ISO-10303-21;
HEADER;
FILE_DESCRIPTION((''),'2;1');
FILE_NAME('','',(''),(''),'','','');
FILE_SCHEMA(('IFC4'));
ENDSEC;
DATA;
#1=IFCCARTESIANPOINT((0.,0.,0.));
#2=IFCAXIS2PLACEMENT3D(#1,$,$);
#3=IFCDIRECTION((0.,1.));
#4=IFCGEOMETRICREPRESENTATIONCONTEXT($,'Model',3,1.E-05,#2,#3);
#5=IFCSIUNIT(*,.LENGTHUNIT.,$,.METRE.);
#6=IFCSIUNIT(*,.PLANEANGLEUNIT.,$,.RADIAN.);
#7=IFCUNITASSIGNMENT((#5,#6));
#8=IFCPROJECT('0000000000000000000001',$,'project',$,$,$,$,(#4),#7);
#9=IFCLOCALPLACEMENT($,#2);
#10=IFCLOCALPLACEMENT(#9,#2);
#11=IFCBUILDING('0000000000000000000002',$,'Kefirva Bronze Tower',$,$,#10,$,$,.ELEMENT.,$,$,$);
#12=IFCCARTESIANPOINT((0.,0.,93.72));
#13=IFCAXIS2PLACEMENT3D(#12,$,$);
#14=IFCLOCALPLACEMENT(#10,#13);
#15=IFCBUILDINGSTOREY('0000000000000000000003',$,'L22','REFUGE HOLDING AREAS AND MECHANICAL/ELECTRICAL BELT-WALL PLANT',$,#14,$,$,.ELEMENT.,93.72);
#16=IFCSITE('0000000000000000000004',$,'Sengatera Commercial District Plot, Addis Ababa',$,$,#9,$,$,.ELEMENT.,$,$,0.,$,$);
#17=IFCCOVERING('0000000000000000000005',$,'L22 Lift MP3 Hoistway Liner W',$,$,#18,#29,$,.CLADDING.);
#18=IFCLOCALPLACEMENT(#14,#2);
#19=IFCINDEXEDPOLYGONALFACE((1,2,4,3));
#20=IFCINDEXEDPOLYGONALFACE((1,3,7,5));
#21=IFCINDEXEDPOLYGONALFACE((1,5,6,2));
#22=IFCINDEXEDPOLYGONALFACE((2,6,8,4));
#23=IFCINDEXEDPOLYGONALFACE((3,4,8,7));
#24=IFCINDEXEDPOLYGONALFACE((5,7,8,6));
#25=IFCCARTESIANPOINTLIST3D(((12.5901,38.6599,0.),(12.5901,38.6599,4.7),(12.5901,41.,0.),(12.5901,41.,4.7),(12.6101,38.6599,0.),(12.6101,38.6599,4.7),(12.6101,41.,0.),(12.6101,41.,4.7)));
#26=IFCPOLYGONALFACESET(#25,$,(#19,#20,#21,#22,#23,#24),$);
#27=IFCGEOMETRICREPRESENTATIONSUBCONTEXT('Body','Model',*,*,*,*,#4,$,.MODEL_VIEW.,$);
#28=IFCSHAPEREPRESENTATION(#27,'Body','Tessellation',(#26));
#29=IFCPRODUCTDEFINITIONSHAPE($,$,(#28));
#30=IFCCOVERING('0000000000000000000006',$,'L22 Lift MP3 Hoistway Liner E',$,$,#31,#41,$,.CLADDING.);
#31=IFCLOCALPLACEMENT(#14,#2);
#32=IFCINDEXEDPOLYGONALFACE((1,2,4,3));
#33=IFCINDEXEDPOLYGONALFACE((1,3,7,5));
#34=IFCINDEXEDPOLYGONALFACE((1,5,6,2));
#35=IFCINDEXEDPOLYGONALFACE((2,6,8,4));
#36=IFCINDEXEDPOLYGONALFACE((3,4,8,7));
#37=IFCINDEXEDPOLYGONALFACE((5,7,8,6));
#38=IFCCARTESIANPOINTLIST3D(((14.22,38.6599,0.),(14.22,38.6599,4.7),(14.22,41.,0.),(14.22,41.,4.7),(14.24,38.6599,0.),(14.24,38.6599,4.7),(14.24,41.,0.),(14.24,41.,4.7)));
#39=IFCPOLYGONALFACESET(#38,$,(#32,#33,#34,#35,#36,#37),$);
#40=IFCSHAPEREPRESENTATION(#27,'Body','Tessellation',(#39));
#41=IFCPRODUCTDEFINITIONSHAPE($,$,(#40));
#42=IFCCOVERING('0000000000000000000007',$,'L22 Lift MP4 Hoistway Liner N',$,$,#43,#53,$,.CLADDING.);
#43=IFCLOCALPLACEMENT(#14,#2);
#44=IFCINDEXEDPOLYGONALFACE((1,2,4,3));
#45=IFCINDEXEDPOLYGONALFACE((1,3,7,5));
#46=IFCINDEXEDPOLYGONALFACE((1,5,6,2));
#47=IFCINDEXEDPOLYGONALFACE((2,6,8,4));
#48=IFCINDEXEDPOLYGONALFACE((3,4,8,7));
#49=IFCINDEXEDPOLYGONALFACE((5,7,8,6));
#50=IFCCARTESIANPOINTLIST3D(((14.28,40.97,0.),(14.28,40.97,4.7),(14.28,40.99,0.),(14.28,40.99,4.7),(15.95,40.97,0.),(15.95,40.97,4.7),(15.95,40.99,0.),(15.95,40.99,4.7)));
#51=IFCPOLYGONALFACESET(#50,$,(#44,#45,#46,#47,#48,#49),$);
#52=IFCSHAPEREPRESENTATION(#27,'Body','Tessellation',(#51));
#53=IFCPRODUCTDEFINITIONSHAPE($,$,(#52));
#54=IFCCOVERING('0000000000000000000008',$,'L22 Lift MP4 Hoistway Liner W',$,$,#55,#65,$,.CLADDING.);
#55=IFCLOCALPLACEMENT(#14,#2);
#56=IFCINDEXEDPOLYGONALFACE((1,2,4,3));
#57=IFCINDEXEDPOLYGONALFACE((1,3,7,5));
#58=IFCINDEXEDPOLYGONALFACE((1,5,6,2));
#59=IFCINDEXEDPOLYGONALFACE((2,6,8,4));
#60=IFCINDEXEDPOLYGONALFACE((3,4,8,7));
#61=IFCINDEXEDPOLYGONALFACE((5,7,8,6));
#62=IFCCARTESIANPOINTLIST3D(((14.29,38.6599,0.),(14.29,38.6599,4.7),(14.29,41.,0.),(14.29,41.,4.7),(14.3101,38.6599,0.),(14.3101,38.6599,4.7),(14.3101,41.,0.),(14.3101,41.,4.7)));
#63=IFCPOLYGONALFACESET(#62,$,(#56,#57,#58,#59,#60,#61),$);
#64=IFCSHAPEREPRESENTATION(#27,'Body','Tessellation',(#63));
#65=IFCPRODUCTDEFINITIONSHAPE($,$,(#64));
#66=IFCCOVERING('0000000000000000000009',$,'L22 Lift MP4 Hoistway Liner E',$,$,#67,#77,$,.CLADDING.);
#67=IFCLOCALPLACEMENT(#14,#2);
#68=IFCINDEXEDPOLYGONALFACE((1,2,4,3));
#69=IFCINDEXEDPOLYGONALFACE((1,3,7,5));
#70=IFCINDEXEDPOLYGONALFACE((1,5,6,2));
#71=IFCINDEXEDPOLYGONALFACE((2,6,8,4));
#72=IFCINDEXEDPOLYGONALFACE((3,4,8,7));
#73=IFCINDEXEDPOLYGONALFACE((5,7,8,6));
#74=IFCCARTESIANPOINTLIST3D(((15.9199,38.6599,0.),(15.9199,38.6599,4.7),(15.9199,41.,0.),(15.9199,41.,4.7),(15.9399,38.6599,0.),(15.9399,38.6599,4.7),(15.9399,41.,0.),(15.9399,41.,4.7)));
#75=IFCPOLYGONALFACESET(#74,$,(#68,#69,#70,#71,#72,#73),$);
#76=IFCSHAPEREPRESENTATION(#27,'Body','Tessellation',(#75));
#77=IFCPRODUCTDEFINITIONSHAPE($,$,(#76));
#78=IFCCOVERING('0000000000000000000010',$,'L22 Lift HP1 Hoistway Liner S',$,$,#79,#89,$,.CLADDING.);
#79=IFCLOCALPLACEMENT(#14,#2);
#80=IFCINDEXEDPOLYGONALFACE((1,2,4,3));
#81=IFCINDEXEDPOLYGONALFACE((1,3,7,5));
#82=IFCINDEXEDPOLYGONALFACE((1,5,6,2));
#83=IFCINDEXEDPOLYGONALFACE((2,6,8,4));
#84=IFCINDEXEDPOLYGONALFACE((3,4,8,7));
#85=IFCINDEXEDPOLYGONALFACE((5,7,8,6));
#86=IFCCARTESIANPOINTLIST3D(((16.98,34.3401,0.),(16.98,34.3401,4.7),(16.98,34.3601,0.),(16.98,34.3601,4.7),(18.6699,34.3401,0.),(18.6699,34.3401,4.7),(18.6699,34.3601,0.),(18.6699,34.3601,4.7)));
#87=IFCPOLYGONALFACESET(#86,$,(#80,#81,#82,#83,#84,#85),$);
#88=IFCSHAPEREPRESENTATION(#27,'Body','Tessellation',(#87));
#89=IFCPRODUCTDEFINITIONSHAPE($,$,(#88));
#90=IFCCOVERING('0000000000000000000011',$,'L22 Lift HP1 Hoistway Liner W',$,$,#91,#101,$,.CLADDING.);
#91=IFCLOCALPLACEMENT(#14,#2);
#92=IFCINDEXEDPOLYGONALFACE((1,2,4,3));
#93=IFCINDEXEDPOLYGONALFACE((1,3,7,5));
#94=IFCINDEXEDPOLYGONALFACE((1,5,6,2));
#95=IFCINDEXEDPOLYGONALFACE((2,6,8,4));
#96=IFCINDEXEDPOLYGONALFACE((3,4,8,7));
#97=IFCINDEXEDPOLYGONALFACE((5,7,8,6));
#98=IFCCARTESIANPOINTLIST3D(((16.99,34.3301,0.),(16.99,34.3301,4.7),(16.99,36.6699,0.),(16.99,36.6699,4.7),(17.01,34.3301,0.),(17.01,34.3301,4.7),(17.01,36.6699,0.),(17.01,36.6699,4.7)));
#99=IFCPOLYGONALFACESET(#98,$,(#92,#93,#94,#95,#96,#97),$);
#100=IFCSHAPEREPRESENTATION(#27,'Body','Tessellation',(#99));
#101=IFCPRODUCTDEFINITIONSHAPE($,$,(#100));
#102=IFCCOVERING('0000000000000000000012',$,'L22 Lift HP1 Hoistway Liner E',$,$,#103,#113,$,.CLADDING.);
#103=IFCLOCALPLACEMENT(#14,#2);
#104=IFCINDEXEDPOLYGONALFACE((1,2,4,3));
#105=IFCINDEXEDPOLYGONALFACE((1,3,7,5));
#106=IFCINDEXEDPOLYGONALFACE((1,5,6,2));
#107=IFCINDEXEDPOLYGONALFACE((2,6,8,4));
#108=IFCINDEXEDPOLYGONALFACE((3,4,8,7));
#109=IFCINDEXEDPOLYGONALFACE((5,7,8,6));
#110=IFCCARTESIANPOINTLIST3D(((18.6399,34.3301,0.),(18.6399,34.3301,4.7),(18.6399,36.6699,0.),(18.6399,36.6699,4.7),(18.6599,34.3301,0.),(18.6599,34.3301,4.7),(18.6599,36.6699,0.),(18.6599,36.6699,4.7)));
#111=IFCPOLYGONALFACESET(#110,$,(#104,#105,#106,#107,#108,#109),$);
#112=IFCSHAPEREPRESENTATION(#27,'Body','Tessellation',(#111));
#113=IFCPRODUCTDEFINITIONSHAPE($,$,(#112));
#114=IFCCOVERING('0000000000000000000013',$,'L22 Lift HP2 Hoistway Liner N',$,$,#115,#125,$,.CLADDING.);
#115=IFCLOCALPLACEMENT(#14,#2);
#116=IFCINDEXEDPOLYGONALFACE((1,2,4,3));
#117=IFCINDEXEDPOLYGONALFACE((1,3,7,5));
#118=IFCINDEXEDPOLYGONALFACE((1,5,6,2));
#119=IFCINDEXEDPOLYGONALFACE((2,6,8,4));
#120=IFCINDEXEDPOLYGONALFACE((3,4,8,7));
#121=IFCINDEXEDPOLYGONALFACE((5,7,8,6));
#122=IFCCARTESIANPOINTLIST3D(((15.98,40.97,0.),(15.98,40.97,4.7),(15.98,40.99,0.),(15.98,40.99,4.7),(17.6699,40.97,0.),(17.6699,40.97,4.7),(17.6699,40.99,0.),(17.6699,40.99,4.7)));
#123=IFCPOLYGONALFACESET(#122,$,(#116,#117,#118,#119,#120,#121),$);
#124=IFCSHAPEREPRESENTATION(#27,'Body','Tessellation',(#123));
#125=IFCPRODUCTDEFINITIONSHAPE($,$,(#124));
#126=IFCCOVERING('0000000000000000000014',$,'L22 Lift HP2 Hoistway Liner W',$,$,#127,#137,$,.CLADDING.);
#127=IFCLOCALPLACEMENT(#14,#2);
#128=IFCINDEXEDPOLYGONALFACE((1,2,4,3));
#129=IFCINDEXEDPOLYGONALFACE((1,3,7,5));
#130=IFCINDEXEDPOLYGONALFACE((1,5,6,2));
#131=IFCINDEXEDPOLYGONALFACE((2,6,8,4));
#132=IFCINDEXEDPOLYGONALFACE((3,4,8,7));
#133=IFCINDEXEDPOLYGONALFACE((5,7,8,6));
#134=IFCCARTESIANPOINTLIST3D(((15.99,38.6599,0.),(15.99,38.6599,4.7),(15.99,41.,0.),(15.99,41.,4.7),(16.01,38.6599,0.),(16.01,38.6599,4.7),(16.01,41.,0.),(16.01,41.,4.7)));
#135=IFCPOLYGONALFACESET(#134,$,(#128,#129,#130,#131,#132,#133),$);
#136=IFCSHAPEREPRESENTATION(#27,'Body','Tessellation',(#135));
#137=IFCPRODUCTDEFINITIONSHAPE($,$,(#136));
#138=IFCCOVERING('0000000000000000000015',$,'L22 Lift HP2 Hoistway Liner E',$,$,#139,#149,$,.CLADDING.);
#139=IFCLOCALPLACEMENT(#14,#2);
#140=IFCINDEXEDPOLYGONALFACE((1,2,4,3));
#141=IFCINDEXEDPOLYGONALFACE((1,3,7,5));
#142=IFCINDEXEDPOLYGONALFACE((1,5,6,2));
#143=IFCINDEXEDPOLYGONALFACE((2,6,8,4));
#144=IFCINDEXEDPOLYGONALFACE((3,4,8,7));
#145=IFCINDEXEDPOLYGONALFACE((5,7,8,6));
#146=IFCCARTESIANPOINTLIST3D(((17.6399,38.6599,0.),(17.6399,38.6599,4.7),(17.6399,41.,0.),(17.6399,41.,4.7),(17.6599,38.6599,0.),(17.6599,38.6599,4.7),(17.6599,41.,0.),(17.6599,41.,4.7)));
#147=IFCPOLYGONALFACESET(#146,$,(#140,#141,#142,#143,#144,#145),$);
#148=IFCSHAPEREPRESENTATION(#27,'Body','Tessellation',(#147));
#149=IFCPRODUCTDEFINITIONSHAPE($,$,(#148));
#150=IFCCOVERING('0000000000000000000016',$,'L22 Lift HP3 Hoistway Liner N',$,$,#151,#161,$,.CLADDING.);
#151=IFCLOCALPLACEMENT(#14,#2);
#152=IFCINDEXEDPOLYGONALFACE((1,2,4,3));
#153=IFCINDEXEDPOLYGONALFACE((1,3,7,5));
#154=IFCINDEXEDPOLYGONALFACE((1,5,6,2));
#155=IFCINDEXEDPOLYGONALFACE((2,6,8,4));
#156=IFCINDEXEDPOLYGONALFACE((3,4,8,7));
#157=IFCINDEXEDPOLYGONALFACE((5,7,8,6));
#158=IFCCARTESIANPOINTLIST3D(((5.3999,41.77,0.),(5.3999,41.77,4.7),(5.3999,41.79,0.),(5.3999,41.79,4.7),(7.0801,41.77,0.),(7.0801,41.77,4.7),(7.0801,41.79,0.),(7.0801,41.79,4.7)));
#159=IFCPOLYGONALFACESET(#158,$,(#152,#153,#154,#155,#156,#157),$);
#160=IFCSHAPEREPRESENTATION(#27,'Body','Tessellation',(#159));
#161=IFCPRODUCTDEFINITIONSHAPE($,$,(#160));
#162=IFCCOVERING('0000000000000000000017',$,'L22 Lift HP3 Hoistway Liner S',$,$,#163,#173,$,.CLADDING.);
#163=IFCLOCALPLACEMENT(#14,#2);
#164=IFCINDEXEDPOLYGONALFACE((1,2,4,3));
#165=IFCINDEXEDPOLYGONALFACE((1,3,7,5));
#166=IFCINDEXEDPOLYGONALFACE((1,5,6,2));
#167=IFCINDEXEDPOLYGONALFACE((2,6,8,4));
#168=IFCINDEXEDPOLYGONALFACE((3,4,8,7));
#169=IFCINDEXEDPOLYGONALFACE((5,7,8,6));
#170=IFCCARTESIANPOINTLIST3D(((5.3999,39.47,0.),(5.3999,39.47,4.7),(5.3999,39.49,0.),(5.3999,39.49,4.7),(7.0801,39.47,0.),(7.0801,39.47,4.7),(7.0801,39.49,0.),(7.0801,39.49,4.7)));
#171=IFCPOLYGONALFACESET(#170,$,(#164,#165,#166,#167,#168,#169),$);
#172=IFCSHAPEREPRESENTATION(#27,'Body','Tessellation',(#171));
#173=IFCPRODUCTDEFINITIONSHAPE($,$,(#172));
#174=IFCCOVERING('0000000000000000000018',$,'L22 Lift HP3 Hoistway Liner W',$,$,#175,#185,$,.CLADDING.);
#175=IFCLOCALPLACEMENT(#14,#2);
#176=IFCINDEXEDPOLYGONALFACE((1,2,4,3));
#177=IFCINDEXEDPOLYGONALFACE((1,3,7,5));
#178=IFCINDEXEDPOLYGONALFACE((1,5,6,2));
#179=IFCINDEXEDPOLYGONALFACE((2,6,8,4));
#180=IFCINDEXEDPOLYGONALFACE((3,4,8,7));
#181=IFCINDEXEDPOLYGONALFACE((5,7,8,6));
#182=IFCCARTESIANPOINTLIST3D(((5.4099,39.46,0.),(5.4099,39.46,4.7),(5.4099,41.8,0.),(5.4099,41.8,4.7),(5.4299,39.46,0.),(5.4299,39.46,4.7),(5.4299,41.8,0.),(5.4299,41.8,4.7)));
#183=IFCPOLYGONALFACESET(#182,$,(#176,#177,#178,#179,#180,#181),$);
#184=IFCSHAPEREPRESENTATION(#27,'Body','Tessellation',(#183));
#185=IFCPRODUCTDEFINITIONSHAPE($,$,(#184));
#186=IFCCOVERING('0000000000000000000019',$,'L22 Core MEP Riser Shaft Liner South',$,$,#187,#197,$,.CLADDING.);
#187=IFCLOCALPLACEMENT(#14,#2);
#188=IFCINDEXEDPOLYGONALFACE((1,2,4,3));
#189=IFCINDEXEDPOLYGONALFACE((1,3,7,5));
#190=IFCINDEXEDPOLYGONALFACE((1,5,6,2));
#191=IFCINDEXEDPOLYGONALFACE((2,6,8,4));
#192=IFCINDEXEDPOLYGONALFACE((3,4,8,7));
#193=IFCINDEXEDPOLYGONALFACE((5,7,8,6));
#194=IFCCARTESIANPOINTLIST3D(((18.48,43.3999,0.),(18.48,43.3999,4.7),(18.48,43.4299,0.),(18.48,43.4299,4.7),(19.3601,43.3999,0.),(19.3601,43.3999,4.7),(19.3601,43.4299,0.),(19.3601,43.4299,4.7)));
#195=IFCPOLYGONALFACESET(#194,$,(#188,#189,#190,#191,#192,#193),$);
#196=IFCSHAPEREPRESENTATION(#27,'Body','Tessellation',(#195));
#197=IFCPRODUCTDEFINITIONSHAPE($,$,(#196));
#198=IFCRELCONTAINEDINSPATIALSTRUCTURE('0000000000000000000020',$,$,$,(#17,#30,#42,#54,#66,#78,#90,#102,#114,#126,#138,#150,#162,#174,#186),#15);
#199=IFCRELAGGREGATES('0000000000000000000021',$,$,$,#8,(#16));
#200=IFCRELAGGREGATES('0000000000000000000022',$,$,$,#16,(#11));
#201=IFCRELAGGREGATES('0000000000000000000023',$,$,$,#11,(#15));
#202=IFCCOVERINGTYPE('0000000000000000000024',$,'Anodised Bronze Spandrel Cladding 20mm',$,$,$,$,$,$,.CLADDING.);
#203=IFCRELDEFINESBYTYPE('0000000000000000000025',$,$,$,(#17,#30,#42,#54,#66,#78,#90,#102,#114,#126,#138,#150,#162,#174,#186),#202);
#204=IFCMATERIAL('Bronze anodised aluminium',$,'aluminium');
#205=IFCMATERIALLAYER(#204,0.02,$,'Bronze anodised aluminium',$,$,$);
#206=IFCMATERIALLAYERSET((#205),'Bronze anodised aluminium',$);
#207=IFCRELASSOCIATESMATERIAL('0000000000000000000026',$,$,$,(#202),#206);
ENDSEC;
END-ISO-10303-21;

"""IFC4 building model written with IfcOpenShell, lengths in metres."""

from ifc_helpers import new_model, si_unit, direction, frame, origin, place, context, subcontext, project, spatial, polyline, outline, extrude, material, layer, layer_set, type_object, element, save


model = new_model("IFC4")

# Units and contexts
model_context = context("Model", 3, precision=1e-05, world=origin(), true_north=direction((0.0, 1.0)))
body_context = subcontext(model_context, "Body", "Model", "MODEL_VIEW")
ifc_project = project(units=[si_unit("LENGTHUNIT", "METRE"), si_unit("PLANEANGLEUNIT", "RADIAN")], contexts=[model_context])

# Site, building, storey
site_placement = place(None, origin())
site = spatial("IfcSite", under=ifc_project, at=site_placement, Name="Sengatera Commercial District Plot, Addis Ababa", CompositionType="ELEMENT", RefElevation=0.0)
building_placement = place(site_placement, origin())
building = spatial("IfcBuilding", under=site, at=building_placement, Name="Kefirva Bronze Tower", CompositionType="ELEMENT")
storey_placement = place(building_placement, frame((0.0, 0.0, 93.72)))
storey = spatial("IfcBuildingStorey", under=building, at=storey_placement, Name="L22", Description="REFUGE HOLDING AREAS AND MECHANICAL/ELECTRICAL BELT-WALL PLANT", CompositionType="ELEMENT", Elevation=93.72)

# Shared definitions
ifc_material = material(Name="Bronze anodised aluminium", Category="aluminium")

# Coverings
ifc_layer_1 = layer(ifc_material, 0.02, Name="Bronze anodised aluminium")
ifc_layer_set_1 = layer_set([ifc_layer_1], Name="Bronze anodised aluminium")
covering_type_1 = type_object("IfcCoveringType", Name="Anodised Bronze Spandrel Cladding 20mm", PredefinedType="CLADDING", material=ifc_layer_set_1)
covering_1_placement = place(storey_placement, origin())
element("IfcCovering", 1, at=covering_1_placement, inside=storey, type_object=covering_type_1, Name="L22 Lift MP3 Hoistway Liner W", PredefinedType="CLADDING", context=body_context, shape_type="SweptSolid", body=[
    extrude(outline(polyline([(12.5901, 38.6599), (12.6101, 38.6599), (12.6101, 41.0), (12.5901, 41.0), (12.5901, 38.6599)])), origin(), (0.0, 0.0, 1.0), 4.7),
])
covering_2_placement = place(storey_placement, origin())
element("IfcCovering", 2, at=covering_2_placement, inside=storey, type_object=covering_type_1, Name="L22 Lift MP3 Hoistway Liner E", PredefinedType="CLADDING", context=body_context, shape_type="SweptSolid", body=[
    extrude(outline(polyline([(14.22, 38.6599), (14.24, 38.6599), (14.24, 41.0), (14.22, 41.0), (14.22, 38.6599)])), origin(), (0.0, 0.0, 1.0), 4.7),
])
covering_3_placement = place(storey_placement, origin())
element("IfcCovering", 3, at=covering_3_placement, inside=storey, type_object=covering_type_1, Name="L22 Lift MP4 Hoistway Liner N", PredefinedType="CLADDING", context=body_context, shape_type="SweptSolid", body=[
    extrude(outline(polyline([(14.28, 40.97), (15.95, 40.97), (15.95, 40.99), (14.28, 40.99), (14.28, 40.97)])), origin(), (0.0, 0.0, 1.0), 4.7),
])
covering_4_placement = place(storey_placement, origin())
element("IfcCovering", 4, at=covering_4_placement, inside=storey, type_object=covering_type_1, Name="L22 Lift MP4 Hoistway Liner W", PredefinedType="CLADDING", context=body_context, shape_type="SweptSolid", body=[
    extrude(outline(polyline([(14.29, 38.6599), (14.3101, 38.6599), (14.3101, 41.0), (14.29, 41.0), (14.29, 38.6599)])), origin(), (0.0, 0.0, 1.0), 4.7),
])
covering_5_placement = place(storey_placement, origin())
element("IfcCovering", 5, at=covering_5_placement, inside=storey, type_object=covering_type_1, Name="L22 Lift MP4 Hoistway Liner E", PredefinedType="CLADDING", context=body_context, shape_type="SweptSolid", body=[
    extrude(outline(polyline([(15.9199, 38.6599), (15.9399, 38.6599), (15.9399, 41.0), (15.9199, 41.0), (15.9199, 38.6599)])), origin(), (0.0, 0.0, 1.0), 4.7),
])
covering_6_placement = place(storey_placement, origin())
element("IfcCovering", 6, at=covering_6_placement, inside=storey, type_object=covering_type_1, Name="L22 Lift HP1 Hoistway Liner S", PredefinedType="CLADDING", context=body_context, shape_type="SweptSolid", body=[
    extrude(outline(polyline([(16.98, 34.3401), (18.6699, 34.3401), (18.6699, 34.3601), (16.98, 34.3601), (16.98, 34.3401)])), origin(), (0.0, 0.0, 1.0), 4.7),
])
covering_7_placement = place(storey_placement, origin())
element("IfcCovering", 7, at=covering_7_placement, inside=storey, type_object=covering_type_1, Name="L22 Lift HP1 Hoistway Liner W", PredefinedType="CLADDING", context=body_context, shape_type="SweptSolid", body=[
    extrude(outline(polyline([(16.99, 34.3301), (17.01, 34.3301), (17.01, 36.6699), (16.99, 36.6699), (16.99, 34.3301)])), origin(), (0.0, 0.0, 1.0), 4.7),
])
covering_8_placement = place(storey_placement, origin())
element("IfcCovering", 8, at=covering_8_placement, inside=storey, type_object=covering_type_1, Name="L22 Lift HP1 Hoistway Liner E", PredefinedType="CLADDING", context=body_context, shape_type="SweptSolid", body=[
    extrude(outline(polyline([(18.6399, 34.3301), (18.6599, 34.3301), (18.6599, 36.6699), (18.6399, 36.6699), (18.6399, 34.3301)])), origin(), (0.0, 0.0, 1.0), 4.7),
])
covering_9_placement = place(storey_placement, origin())
element("IfcCovering", 9, at=covering_9_placement, inside=storey, type_object=covering_type_1, Name="L22 Lift HP2 Hoistway Liner N", PredefinedType="CLADDING", context=body_context, shape_type="SweptSolid", body=[
    extrude(outline(polyline([(15.98, 40.97), (17.6699, 40.97), (17.6699, 40.99), (15.98, 40.99), (15.98, 40.97)])), origin(), (0.0, 0.0, 1.0), 4.7),
])
covering_10_placement = place(storey_placement, origin())
element("IfcCovering", 10, at=covering_10_placement, inside=storey, type_object=covering_type_1, Name="L22 Lift HP2 Hoistway Liner W", PredefinedType="CLADDING", context=body_context, shape_type="SweptSolid", body=[
    extrude(outline(polyline([(15.99, 38.6599), (16.01, 38.6599), (16.01, 41.0), (15.99, 41.0), (15.99, 38.6599)])), origin(), (0.0, 0.0, 1.0), 4.7),
])
covering_11_placement = place(storey_placement, origin())
element("IfcCovering", 11, at=covering_11_placement, inside=storey, type_object=covering_type_1, Name="L22 Lift HP2 Hoistway Liner E", PredefinedType="CLADDING", context=body_context, shape_type="SweptSolid", body=[
    extrude(outline(polyline([(17.6399, 38.6599), (17.6599, 38.6599), (17.6599, 41.0), (17.6399, 41.0), (17.6399, 38.6599)])), origin(), (0.0, 0.0, 1.0), 4.7),
])
covering_12_placement = place(storey_placement, origin())
element("IfcCovering", 12, at=covering_12_placement, inside=storey, type_object=covering_type_1, Name="L22 Lift HP3 Hoistway Liner N", PredefinedType="CLADDING", context=body_context, shape_type="SweptSolid", body=[
    extrude(outline(polyline([(5.3999, 41.77), (7.0801, 41.77), (7.0801, 41.79), (5.3999, 41.79), (5.3999, 41.77)])), origin(), (0.0, 0.0, 1.0), 4.7),
])
covering_13_placement = place(storey_placement, origin())
element("IfcCovering", 13, at=covering_13_placement, inside=storey, type_object=covering_type_1, Name="L22 Lift HP3 Hoistway Liner S", PredefinedType="CLADDING", context=body_context, shape_type="SweptSolid", body=[
    extrude(outline(polyline([(5.3999, 39.47), (7.0801, 39.47), (7.0801, 39.49), (5.3999, 39.49), (5.3999, 39.47)])), origin(), (0.0, 0.0, 1.0), 4.7),
])
covering_14_placement = place(storey_placement, origin())
element("IfcCovering", 14, at=covering_14_placement, inside=storey, type_object=covering_type_1, Name="L22 Lift HP3 Hoistway Liner W", PredefinedType="CLADDING", context=body_context, shape_type="SweptSolid", body=[
    extrude(outline(polyline([(5.4099, 39.46), (5.4299, 39.46), (5.4299, 41.8), (5.4099, 41.8), (5.4099, 39.46)])), origin(), (0.0, 0.0, 1.0), 4.7),
])
covering_15_placement = place(storey_placement, origin())
element("IfcCovering", 15, at=covering_15_placement, inside=storey, type_object=covering_type_1, Name="L22 Core MEP Riser Shaft Liner South", PredefinedType="CLADDING", context=body_context, shape_type="SweptSolid", body=[
    extrude(outline(polyline([(18.48, 43.3999), (19.3601, 43.3999), (19.3601, 43.4299), (18.48, 43.4299), (18.48, 43.3999)])), origin(), (0.0, 0.0, 1.0), 4.7),
])

save(model, "model.ifc")
